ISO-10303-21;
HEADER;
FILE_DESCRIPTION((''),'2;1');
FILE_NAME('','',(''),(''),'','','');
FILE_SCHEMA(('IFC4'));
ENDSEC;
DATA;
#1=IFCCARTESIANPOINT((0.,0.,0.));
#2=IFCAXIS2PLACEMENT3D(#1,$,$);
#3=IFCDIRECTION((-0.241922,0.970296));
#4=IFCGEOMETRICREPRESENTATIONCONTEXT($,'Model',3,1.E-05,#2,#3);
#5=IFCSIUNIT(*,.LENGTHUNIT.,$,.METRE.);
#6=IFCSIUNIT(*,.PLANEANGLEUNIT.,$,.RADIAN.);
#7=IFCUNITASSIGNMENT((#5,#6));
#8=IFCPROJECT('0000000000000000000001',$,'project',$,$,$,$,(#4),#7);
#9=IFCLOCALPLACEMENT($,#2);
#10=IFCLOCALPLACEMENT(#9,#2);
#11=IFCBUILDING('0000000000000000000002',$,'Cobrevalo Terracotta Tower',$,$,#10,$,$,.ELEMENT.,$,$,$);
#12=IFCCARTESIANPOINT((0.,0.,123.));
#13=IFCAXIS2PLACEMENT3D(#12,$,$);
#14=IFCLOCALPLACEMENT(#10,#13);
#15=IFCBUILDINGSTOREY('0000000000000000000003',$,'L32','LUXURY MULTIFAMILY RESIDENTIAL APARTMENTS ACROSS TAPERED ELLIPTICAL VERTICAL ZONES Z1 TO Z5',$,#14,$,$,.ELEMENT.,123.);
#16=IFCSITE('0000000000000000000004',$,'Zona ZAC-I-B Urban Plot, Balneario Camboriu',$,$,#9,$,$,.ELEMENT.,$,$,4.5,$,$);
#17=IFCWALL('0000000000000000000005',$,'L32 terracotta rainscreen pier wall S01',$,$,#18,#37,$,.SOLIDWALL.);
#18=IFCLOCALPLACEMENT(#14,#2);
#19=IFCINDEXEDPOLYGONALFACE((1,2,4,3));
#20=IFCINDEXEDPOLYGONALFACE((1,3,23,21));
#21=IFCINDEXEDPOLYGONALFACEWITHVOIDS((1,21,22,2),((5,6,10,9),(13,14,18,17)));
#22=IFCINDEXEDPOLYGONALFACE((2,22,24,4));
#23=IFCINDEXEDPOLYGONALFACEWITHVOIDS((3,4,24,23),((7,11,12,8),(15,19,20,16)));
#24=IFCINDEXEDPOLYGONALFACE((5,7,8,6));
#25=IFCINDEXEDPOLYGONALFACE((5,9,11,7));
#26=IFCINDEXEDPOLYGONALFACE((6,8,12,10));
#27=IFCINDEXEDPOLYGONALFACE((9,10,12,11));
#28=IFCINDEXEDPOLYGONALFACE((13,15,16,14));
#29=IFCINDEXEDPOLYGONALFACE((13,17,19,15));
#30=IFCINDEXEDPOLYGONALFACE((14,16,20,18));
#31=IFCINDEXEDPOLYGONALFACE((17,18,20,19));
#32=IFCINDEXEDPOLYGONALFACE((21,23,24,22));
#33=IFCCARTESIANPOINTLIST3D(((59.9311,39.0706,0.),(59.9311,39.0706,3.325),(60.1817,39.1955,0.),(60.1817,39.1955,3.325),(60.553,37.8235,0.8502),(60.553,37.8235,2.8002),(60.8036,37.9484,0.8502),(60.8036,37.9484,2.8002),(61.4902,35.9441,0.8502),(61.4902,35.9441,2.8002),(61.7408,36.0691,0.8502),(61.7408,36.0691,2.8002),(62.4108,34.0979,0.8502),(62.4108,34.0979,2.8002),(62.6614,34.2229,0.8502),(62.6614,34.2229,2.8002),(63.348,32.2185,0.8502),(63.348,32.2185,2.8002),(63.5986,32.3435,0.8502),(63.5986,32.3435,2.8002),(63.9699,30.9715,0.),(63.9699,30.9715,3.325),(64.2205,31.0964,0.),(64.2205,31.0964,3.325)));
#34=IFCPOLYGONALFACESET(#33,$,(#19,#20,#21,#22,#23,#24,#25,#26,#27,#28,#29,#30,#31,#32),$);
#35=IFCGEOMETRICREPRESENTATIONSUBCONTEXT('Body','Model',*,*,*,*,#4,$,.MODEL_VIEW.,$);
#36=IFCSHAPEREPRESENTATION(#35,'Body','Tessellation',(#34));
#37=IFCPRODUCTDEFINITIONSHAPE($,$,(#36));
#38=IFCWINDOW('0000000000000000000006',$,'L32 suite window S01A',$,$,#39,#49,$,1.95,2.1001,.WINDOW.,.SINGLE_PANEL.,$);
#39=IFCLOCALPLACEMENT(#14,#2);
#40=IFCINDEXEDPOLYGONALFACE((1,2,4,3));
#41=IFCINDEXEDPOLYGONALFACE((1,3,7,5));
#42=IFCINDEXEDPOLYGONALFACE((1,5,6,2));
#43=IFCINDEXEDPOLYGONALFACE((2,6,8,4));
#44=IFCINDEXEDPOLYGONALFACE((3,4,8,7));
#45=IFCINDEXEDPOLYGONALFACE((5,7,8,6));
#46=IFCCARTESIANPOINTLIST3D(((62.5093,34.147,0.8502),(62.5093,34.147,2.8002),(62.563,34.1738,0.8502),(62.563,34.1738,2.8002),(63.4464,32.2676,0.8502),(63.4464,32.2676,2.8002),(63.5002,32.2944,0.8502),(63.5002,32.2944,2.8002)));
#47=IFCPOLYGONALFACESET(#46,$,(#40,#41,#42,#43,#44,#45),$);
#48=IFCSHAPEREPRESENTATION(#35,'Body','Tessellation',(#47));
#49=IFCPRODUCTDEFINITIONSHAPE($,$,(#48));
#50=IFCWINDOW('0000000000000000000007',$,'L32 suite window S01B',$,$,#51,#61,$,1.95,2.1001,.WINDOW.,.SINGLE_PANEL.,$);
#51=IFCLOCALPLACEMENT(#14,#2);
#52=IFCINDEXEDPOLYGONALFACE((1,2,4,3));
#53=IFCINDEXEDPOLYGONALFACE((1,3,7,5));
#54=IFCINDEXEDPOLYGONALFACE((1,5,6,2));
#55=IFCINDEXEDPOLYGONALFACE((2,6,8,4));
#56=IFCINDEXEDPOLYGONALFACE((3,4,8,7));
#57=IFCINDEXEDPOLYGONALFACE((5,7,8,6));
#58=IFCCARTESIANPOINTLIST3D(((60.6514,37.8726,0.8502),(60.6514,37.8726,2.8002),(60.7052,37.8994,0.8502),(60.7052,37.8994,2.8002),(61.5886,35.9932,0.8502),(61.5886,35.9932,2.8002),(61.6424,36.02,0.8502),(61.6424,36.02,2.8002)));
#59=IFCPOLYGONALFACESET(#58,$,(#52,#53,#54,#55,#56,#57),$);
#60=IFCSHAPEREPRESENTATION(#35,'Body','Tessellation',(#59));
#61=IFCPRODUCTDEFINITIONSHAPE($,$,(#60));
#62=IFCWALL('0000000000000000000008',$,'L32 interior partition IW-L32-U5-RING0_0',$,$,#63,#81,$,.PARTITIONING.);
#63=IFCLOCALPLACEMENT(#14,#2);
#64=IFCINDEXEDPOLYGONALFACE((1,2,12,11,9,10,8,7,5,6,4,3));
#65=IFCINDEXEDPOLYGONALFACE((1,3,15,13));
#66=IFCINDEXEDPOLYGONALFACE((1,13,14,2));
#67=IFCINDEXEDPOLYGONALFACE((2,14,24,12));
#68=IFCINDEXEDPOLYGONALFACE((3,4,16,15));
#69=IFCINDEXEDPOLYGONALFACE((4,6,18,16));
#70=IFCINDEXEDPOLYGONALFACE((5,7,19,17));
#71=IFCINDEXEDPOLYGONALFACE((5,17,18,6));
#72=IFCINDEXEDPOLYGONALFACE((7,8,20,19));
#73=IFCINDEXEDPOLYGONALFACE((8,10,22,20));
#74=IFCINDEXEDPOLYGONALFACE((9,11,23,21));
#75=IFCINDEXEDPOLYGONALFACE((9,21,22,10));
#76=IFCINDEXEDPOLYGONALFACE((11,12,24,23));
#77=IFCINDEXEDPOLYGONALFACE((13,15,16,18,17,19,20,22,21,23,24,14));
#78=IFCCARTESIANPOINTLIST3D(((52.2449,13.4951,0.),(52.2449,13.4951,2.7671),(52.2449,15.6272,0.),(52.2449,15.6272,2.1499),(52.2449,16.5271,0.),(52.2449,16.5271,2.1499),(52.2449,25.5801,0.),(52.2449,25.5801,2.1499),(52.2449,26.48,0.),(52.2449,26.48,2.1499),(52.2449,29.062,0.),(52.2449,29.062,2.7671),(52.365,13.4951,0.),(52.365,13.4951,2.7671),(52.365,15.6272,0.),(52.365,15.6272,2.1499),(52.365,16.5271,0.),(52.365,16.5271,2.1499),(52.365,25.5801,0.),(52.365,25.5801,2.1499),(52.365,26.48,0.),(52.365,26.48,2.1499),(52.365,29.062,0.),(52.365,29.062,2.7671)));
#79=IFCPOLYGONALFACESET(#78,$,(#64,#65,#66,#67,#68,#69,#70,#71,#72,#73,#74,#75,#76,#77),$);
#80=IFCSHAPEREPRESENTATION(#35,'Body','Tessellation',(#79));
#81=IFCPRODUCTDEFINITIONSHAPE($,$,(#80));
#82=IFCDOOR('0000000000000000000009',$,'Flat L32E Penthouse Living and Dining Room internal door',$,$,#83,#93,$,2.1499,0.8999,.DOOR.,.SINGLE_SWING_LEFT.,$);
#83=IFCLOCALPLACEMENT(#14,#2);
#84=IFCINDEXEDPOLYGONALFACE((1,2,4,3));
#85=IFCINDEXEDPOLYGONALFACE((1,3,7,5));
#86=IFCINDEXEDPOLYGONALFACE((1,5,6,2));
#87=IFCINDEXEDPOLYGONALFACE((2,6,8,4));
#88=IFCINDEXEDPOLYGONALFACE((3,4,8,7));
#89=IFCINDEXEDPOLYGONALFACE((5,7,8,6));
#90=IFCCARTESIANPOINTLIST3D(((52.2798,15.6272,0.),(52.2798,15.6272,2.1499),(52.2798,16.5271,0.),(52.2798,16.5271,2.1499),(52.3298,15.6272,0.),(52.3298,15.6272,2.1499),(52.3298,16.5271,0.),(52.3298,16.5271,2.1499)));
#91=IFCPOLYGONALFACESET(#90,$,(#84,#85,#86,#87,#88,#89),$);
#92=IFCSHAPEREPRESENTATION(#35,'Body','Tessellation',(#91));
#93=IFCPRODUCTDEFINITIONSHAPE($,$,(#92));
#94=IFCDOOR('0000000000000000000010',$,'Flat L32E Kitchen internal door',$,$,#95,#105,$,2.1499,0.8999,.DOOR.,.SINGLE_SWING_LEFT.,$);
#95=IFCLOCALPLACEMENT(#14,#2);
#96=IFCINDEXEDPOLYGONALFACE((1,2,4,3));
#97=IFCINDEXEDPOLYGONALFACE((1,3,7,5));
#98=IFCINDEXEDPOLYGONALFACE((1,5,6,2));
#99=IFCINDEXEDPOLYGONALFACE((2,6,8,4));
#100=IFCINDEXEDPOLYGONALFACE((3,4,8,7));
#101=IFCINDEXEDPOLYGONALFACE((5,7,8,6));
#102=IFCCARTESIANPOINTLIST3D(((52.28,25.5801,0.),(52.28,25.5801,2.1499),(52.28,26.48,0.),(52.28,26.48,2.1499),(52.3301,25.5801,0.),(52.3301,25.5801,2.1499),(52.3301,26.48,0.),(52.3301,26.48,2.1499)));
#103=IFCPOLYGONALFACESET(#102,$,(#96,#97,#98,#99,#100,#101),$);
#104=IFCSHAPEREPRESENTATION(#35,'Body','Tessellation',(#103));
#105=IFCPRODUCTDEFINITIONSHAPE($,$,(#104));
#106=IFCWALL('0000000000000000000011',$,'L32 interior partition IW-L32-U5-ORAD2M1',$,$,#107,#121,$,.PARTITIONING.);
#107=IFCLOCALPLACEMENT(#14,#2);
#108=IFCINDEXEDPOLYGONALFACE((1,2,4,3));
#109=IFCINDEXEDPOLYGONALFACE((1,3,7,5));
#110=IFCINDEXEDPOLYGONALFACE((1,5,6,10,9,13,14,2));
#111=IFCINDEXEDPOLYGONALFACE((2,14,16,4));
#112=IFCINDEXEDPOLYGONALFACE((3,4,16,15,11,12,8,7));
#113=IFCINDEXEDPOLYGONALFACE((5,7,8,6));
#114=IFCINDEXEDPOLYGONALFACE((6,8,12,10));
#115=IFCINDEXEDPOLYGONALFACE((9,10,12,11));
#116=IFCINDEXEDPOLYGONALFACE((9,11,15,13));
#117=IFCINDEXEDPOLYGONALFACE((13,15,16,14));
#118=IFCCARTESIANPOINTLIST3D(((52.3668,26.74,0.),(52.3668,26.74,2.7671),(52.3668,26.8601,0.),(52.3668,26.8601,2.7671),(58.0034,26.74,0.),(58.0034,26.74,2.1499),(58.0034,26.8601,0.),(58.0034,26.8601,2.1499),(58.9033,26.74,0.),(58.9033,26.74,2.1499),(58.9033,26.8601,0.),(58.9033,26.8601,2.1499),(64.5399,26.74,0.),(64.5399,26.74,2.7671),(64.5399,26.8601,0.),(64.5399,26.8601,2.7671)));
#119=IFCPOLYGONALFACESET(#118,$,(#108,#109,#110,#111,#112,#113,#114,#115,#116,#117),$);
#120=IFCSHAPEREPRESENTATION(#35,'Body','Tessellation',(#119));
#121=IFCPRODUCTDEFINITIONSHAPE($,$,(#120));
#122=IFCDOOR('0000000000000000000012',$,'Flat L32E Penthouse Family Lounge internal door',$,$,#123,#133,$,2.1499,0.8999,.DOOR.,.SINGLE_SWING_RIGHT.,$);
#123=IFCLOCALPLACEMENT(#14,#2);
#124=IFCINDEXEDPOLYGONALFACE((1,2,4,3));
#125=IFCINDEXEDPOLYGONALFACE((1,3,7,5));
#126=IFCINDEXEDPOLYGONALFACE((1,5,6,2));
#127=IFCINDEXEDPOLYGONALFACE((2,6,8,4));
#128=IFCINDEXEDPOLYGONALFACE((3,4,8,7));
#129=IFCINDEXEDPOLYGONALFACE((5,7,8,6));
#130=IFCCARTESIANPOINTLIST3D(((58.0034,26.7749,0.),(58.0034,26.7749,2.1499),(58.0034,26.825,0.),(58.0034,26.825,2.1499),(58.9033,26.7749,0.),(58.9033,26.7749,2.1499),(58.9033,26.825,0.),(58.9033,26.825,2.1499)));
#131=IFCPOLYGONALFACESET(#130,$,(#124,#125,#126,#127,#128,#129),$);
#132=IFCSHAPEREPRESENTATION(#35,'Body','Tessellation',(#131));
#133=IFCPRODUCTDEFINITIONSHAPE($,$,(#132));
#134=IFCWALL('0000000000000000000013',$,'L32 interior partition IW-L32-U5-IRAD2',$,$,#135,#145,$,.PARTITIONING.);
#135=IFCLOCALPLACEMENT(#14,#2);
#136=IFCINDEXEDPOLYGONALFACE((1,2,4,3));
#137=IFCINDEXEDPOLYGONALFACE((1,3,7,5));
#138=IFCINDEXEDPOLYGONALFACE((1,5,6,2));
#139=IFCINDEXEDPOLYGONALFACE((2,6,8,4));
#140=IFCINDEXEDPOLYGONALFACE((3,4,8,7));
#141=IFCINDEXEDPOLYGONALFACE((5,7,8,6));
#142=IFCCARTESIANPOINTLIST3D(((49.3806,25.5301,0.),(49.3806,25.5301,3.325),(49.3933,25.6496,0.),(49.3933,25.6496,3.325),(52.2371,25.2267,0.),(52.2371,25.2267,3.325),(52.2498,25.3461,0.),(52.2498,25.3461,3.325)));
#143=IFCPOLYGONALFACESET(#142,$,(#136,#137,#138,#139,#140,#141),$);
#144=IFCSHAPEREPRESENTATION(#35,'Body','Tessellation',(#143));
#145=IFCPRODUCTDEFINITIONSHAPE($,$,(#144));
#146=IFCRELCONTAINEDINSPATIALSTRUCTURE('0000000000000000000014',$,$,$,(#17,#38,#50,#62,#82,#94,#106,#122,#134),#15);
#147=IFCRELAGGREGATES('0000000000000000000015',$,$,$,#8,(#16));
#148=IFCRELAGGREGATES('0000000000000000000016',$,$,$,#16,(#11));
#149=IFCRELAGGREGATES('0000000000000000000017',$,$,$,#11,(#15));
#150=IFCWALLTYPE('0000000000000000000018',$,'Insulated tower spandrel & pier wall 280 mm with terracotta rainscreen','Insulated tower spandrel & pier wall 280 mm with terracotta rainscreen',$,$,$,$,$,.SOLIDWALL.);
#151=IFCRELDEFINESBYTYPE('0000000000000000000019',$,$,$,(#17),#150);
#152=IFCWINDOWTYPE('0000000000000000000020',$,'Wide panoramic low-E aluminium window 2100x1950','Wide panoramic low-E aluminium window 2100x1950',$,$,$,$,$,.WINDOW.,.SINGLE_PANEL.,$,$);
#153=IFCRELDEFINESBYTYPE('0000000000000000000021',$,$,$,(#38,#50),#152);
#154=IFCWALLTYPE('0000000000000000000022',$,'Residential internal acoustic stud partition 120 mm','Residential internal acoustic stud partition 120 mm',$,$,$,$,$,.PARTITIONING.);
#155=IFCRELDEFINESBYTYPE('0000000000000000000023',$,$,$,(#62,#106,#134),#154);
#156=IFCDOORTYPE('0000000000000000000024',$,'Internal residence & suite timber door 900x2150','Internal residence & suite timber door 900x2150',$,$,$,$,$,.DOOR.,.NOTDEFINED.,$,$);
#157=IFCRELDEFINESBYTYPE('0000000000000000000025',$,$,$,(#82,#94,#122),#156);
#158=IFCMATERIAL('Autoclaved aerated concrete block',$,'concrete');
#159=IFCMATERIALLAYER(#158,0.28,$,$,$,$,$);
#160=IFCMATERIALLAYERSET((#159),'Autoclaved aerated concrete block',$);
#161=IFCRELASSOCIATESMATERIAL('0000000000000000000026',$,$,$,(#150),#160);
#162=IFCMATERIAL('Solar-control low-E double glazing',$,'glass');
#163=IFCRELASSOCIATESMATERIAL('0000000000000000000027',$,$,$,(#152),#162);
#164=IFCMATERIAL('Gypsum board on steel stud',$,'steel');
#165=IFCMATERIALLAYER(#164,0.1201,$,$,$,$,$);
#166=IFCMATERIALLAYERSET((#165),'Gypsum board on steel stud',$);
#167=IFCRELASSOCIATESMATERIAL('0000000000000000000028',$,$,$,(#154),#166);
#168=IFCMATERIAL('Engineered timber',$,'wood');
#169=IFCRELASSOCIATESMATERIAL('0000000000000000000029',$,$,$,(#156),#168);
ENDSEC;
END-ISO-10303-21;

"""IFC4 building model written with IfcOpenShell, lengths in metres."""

from ifc_helpers import new_model, si_unit, direction, frame, frame_2d, origin, place, context, subcontext, project, spatial, rectangle, extrude, source, transform, mapped, material, layer, layer_set, type_object, element, fill, save


model = new_model("IFC4")

# Units and contexts
model_context = context("Model", 3, precision=1e-05, world=origin(), true_north=direction((-0.241922, 0.970296)))
body_context = subcontext(model_context, "Body", "Model", "MODEL_VIEW")
ifc_project = project(units=[si_unit("LENGTHUNIT", "METRE"), si_unit("PLANEANGLEUNIT", "RADIAN")], contexts=[model_context])

# Site, building, storey
site_placement = place(None, origin())
site = spatial("IfcSite", under=ifc_project, at=site_placement, Name="Zona ZAC-I-B Urban Plot, Balneario Camboriu", CompositionType="ELEMENT", RefElevation=4.5)
building_placement = place(site_placement, origin())
building = spatial("IfcBuilding", under=site, at=building_placement, Name="Cobrevalo Terracotta Tower", CompositionType="ELEMENT")
storey_placement = place(building_placement, frame((0.0, 0.0, 123.0)))
storey = spatial("IfcBuildingStorey", under=building, at=storey_placement, Name="L32", Description="LUXURY MULTIFAMILY RESIDENTIAL APARTMENTS ACROSS TAPERED ELLIPTICAL VERTICAL ZONES Z1 TO Z5", CompositionType="ELEMENT", Elevation=123.0)

# Shared definitions
ifc_material_1 = material(Name="Solar-control low-E double glazing", Category="glass")

# Shared definitions
ifc_material_2 = material(Name="Autoclaved aerated concrete block", Category="concrete")

# Wall, openings, windows
ifc_layer_1 = layer(ifc_material_2, 0.28)
ifc_layer_set_1 = layer_set([ifc_layer_1], Name="Autoclaved aerated concrete block")
wall_type_1 = type_object("IfcWallType", Name="Insulated tower spandrel & pier wall 280 mm with terracotta rainscreen", Description="Insulated tower spandrel & pier wall 280 mm with terracotta rainscreen", PredefinedType="SOLIDWALL", material=ifc_layer_set_1)
wall_1_placement = place(storey_placement, frame((64.0952, 31.0339, 0.0), z_axis=(0.0, 0.0, 1.0), x_axis=(-0.446264, 0.894901, 0.0)))
wall_1 = element("IfcWall", 1, at=wall_1_placement, inside=storey, type_object=wall_type_1, Name="L32 terracotta rainscreen pier wall S01", PredefinedType="SOLIDWALL", context=body_context, shape_type="SweptSolid", body=[
    extrude(rectangle(XDim=9.0503, YDim=0.28, at=frame_2d((4.5251, 0.0))), origin(), (0.0, 0.0, 1.0), 3.325),
])
opening_1_placement = place(wall_1_placement, frame((1.3936, 0.0, 0.8501)))
opening_1 = element("IfcOpeningElement", 2, at=opening_1_placement, cuts=wall_1, PredefinedType="OPENING", context=body_context, shape_type="SweptSolid", body=[
    extrude(rectangle(XDim=2.1001, YDim=1.95, at=frame_2d((1.05, 0.9751))), frame((0.0, 0.1499, 0.0), z_axis=(0.0, -1.0, 0.0), x_axis=(1.0, 0.0, 0.0)), (0.0, 0.0, 1.0), 0.3),
])
opening_2_placement = place(wall_1_placement, frame((5.5566, 0.0, 0.8501)))
opening_2 = element("IfcOpeningElement", 3, at=opening_2_placement, cuts=wall_1, PredefinedType="OPENING", context=body_context, shape_type="SweptSolid", body=[
    extrude(rectangle(XDim=2.1001, YDim=1.95, at=frame_2d((1.05, 0.9751))), frame((0.0, 0.1499, 0.0), z_axis=(0.0, -1.0, 0.0), x_axis=(1.0, 0.0, 0.0)), (0.0, 0.0, 1.0), 0.3),
])
window_type = type_object("IfcWindowType", Name="Wide panoramic low-E aluminium window 2100x1950", Description="Wide panoramic low-E aluminium window 2100x1950", PartitioningType="SINGLE_PANEL", PredefinedType="WINDOW", material=ifc_material_1)
shared_shape_1 = source(origin(), body_context, "Body", "SweptSolid", [
    extrude(rectangle(XDim=2.1001, YDim=1.95, at=frame_2d((1.05, 0.9751))), frame((0.0, 0.03, 0.0), z_axis=(0.0, -1.0, 0.0), x_axis=(1.0, 0.0, 0.0)), (0.0, 0.0, 1.0), 0.0601),
])
window_1_placement = place(opening_1_placement, origin())
window_1 = element("IfcWindow", 4, at=window_1_placement, inside=storey, type_object=window_type, Name="L32 suite window S01A", OverallHeight=1.95, OverallWidth=2.1001, PartitioningType="SINGLE_PANEL", PredefinedType="WINDOW", context=body_context, shape_type="MappedRepresentation", body=[
    mapped(shared_shape_1, transform((0.0, 0.0, 0.0), scale=1.0)),
])
fill(opening_1, window_1)
window_2_placement = place(opening_2_placement, origin())
window_2 = element("IfcWindow", 5, at=window_2_placement, inside=storey, type_object=window_type, Name="L32 suite window S01B", OverallHeight=1.95, OverallWidth=2.1001, PartitioningType="SINGLE_PANEL", PredefinedType="WINDOW", context=body_context, shape_type="MappedRepresentation", body=[
    mapped(shared_shape_1, transform((0.0, 0.0, 0.0), scale=1.0)),
])
fill(opening_2, window_2)

# Shared definitions
ifc_material_3 = material(Name="Gypsum board on steel stud", Category="steel")
ifc_layer_2 = layer(ifc_material_3, 0.1201)
ifc_layer_set_2 = layer_set([ifc_layer_2], Name="Gypsum board on steel stud")
wall_type_2 = type_object("IfcWallType", Name="Residential internal acoustic stud partition 120 mm", Description="Residential internal acoustic stud partition 120 mm", PredefinedType="PARTITIONING", material=ifc_layer_set_2)

# Wall, openings, doors
wall_2_placement = place(storey_placement, frame((52.3049, 29.062, 0.0), z_axis=(0.0, 0.0, 1.0), x_axis=(0.0, -1.0, 0.0)))
wall_2 = element("IfcWall", 6, at=wall_2_placement, inside=storey, type_object=wall_type_2, Name="L32 interior partition IW-L32-U5-RING0_0", PredefinedType="PARTITIONING", context=body_context, shape_type="SweptSolid", body=[
    extrude(rectangle(XDim=15.5669, YDim=0.1201, at=frame_2d((7.7834, 0.0))), origin(), (0.0, 0.0, 1.0), 2.7671),
])
opening_3_placement = place(wall_2_placement, frame((12.5349, 0.0, 0.0)))
opening_3 = element("IfcOpeningElement", 7, at=opening_3_placement, cuts=wall_2, PredefinedType="OPENING", context=body_context, shape_type="SweptSolid", body=[
    extrude(rectangle(XDim=0.8999, YDim=2.1499, at=frame_2d((0.45, 1.075))), frame((0.0, 0.0701, 0.0), z_axis=(0.0, -1.0, 0.0), x_axis=(1.0, 0.0, 0.0)), (0.0, 0.0, 1.0), 0.1401),
])
opening_4_placement = place(wall_2_placement, frame((2.582, 0.0, 0.0)))
opening_4 = element("IfcOpeningElement", 8, at=opening_4_placement, cuts=wall_2, PredefinedType="OPENING", context=body_context, shape_type="SweptSolid", body=[
    extrude(rectangle(XDim=0.8999, YDim=2.1499, at=frame_2d((0.45, 1.075))), frame((0.0, 0.0701, 0.0), z_axis=(0.0, -1.0, 0.0), x_axis=(1.0, 0.0, 0.0)), (0.0, 0.0, 1.0), 0.1401),
])
ifc_material_4 = material(Name="Engineered timber", Category="wood")
door_type_1 = type_object("IfcDoorType", Name="Internal residence & suite timber door 900x2150", Description="Internal residence & suite timber door 900x2150", OperationType="NOTDEFINED", PredefinedType="DOOR", material=ifc_material_4)
shared_shape_2 = source(origin(), body_context, "Body", "SweptSolid", [
    extrude(rectangle(XDim=0.8999, YDim=2.1499, at=frame_2d((0.45, 1.075))), frame((0.0, 0.0249, 0.0), z_axis=(0.0, -1.0, 0.0), x_axis=(1.0, 0.0, 0.0)), (0.0, 0.0, 1.0), 0.05),
])
door_1_placement = place(opening_3_placement, origin())
door_1 = element("IfcDoor", 9, at=door_1_placement, inside=storey, type_object=door_type_1, Name="Flat L32E Penthouse Living and Dining Room internal door", OperationType="SINGLE_SWING_LEFT", OverallHeight=2.1499, OverallWidth=0.8999, PredefinedType="DOOR", context=body_context, shape_type="MappedRepresentation", body=[
    mapped(shared_shape_2, transform((0.0, 0.0, 0.0), scale=1.0)),
])
fill(opening_3, door_1)
door_2_placement = place(opening_4_placement, frame((0.8999, 0.0, 0.0), z_axis=(0.0, 0.0, 1.0), x_axis=(-1.0, 0.0, 0.0)))
door_2 = element("IfcDoor", 10, at=door_2_placement, inside=storey, type_object=door_type_1, Name="Flat L32E Kitchen internal door", OperationType="SINGLE_SWING_LEFT", OverallHeight=2.1499, OverallWidth=0.8999, PredefinedType="DOOR", context=body_context, shape_type="MappedRepresentation", body=[
    mapped(shared_shape_2, transform((0.0, 0.0, 0.0), scale=1.0)),
])
fill(opening_4, door_2)

# Wall, opening, door
wall_3_placement = place(storey_placement, frame((52.3669, 26.8, 0.0), z_axis=(0.0, 0.0, 1.0), x_axis=(1.0, 0.0, 0.0)))
wall_3 = element("IfcWall", 11, at=wall_3_placement, inside=storey, type_object=wall_type_2, Name="L32 interior partition IW-L32-U5-ORAD2M1", PredefinedType="PARTITIONING", context=body_context, shape_type="SweptSolid", body=[
    extrude(rectangle(XDim=12.1731, YDim=0.1201, at=frame_2d((6.0864, 0.0))), origin(), (0.0, 0.0, 1.0), 2.7671),
])
opening_5_placement = place(wall_3_placement, frame((5.6365, 0.0, 0.0)))
opening_5 = element("IfcOpeningElement", 12, at=opening_5_placement, cuts=wall_3, PredefinedType="OPENING", context=body_context, shape_type="SweptSolid", body=[
    extrude(rectangle(XDim=0.8999, YDim=2.1499, at=frame_2d((0.45, 1.075))), frame((0.0, 0.0701, 0.0), z_axis=(0.0, -1.0, 0.0), x_axis=(1.0, 0.0, 0.0)), (0.0, 0.0, 1.0), 0.1401),
])
door_3_placement = place(opening_5_placement, origin())
door_3 = element("IfcDoor", 13, at=door_3_placement, inside=storey, type_object=door_type_1, Name="Flat L32E Penthouse Family Lounge internal door", OperationType="SINGLE_SWING_RIGHT", OverallHeight=2.1499, OverallWidth=0.8999, PredefinedType="DOOR", context=body_context, shape_type="MappedRepresentation", body=[
    mapped(shared_shape_2, transform((0.0, 0.0, 0.0), scale=1.0)),
])
fill(opening_5, door_3)

# Wall
wall_4_placement = place(storey_placement, frame((49.387, 25.5898, 0.0), z_axis=(0.0, 0.0, 1.0), x_axis=(0.994404, -0.105645, 0.0)))
element("IfcWall", 14, at=wall_4_placement, inside=storey, type_object=wall_type_2, Name="L32 interior partition IW-L32-U5-IRAD2", PredefinedType="PARTITIONING", context=body_context, shape_type="SweptSolid", body=[
    extrude(rectangle(XDim=2.8726, YDim=0.1201, at=frame_2d((1.4363, 0.0))), origin(), (0.0, 0.0, 1.0), 3.325),
])

save(model, "model.ifc")
